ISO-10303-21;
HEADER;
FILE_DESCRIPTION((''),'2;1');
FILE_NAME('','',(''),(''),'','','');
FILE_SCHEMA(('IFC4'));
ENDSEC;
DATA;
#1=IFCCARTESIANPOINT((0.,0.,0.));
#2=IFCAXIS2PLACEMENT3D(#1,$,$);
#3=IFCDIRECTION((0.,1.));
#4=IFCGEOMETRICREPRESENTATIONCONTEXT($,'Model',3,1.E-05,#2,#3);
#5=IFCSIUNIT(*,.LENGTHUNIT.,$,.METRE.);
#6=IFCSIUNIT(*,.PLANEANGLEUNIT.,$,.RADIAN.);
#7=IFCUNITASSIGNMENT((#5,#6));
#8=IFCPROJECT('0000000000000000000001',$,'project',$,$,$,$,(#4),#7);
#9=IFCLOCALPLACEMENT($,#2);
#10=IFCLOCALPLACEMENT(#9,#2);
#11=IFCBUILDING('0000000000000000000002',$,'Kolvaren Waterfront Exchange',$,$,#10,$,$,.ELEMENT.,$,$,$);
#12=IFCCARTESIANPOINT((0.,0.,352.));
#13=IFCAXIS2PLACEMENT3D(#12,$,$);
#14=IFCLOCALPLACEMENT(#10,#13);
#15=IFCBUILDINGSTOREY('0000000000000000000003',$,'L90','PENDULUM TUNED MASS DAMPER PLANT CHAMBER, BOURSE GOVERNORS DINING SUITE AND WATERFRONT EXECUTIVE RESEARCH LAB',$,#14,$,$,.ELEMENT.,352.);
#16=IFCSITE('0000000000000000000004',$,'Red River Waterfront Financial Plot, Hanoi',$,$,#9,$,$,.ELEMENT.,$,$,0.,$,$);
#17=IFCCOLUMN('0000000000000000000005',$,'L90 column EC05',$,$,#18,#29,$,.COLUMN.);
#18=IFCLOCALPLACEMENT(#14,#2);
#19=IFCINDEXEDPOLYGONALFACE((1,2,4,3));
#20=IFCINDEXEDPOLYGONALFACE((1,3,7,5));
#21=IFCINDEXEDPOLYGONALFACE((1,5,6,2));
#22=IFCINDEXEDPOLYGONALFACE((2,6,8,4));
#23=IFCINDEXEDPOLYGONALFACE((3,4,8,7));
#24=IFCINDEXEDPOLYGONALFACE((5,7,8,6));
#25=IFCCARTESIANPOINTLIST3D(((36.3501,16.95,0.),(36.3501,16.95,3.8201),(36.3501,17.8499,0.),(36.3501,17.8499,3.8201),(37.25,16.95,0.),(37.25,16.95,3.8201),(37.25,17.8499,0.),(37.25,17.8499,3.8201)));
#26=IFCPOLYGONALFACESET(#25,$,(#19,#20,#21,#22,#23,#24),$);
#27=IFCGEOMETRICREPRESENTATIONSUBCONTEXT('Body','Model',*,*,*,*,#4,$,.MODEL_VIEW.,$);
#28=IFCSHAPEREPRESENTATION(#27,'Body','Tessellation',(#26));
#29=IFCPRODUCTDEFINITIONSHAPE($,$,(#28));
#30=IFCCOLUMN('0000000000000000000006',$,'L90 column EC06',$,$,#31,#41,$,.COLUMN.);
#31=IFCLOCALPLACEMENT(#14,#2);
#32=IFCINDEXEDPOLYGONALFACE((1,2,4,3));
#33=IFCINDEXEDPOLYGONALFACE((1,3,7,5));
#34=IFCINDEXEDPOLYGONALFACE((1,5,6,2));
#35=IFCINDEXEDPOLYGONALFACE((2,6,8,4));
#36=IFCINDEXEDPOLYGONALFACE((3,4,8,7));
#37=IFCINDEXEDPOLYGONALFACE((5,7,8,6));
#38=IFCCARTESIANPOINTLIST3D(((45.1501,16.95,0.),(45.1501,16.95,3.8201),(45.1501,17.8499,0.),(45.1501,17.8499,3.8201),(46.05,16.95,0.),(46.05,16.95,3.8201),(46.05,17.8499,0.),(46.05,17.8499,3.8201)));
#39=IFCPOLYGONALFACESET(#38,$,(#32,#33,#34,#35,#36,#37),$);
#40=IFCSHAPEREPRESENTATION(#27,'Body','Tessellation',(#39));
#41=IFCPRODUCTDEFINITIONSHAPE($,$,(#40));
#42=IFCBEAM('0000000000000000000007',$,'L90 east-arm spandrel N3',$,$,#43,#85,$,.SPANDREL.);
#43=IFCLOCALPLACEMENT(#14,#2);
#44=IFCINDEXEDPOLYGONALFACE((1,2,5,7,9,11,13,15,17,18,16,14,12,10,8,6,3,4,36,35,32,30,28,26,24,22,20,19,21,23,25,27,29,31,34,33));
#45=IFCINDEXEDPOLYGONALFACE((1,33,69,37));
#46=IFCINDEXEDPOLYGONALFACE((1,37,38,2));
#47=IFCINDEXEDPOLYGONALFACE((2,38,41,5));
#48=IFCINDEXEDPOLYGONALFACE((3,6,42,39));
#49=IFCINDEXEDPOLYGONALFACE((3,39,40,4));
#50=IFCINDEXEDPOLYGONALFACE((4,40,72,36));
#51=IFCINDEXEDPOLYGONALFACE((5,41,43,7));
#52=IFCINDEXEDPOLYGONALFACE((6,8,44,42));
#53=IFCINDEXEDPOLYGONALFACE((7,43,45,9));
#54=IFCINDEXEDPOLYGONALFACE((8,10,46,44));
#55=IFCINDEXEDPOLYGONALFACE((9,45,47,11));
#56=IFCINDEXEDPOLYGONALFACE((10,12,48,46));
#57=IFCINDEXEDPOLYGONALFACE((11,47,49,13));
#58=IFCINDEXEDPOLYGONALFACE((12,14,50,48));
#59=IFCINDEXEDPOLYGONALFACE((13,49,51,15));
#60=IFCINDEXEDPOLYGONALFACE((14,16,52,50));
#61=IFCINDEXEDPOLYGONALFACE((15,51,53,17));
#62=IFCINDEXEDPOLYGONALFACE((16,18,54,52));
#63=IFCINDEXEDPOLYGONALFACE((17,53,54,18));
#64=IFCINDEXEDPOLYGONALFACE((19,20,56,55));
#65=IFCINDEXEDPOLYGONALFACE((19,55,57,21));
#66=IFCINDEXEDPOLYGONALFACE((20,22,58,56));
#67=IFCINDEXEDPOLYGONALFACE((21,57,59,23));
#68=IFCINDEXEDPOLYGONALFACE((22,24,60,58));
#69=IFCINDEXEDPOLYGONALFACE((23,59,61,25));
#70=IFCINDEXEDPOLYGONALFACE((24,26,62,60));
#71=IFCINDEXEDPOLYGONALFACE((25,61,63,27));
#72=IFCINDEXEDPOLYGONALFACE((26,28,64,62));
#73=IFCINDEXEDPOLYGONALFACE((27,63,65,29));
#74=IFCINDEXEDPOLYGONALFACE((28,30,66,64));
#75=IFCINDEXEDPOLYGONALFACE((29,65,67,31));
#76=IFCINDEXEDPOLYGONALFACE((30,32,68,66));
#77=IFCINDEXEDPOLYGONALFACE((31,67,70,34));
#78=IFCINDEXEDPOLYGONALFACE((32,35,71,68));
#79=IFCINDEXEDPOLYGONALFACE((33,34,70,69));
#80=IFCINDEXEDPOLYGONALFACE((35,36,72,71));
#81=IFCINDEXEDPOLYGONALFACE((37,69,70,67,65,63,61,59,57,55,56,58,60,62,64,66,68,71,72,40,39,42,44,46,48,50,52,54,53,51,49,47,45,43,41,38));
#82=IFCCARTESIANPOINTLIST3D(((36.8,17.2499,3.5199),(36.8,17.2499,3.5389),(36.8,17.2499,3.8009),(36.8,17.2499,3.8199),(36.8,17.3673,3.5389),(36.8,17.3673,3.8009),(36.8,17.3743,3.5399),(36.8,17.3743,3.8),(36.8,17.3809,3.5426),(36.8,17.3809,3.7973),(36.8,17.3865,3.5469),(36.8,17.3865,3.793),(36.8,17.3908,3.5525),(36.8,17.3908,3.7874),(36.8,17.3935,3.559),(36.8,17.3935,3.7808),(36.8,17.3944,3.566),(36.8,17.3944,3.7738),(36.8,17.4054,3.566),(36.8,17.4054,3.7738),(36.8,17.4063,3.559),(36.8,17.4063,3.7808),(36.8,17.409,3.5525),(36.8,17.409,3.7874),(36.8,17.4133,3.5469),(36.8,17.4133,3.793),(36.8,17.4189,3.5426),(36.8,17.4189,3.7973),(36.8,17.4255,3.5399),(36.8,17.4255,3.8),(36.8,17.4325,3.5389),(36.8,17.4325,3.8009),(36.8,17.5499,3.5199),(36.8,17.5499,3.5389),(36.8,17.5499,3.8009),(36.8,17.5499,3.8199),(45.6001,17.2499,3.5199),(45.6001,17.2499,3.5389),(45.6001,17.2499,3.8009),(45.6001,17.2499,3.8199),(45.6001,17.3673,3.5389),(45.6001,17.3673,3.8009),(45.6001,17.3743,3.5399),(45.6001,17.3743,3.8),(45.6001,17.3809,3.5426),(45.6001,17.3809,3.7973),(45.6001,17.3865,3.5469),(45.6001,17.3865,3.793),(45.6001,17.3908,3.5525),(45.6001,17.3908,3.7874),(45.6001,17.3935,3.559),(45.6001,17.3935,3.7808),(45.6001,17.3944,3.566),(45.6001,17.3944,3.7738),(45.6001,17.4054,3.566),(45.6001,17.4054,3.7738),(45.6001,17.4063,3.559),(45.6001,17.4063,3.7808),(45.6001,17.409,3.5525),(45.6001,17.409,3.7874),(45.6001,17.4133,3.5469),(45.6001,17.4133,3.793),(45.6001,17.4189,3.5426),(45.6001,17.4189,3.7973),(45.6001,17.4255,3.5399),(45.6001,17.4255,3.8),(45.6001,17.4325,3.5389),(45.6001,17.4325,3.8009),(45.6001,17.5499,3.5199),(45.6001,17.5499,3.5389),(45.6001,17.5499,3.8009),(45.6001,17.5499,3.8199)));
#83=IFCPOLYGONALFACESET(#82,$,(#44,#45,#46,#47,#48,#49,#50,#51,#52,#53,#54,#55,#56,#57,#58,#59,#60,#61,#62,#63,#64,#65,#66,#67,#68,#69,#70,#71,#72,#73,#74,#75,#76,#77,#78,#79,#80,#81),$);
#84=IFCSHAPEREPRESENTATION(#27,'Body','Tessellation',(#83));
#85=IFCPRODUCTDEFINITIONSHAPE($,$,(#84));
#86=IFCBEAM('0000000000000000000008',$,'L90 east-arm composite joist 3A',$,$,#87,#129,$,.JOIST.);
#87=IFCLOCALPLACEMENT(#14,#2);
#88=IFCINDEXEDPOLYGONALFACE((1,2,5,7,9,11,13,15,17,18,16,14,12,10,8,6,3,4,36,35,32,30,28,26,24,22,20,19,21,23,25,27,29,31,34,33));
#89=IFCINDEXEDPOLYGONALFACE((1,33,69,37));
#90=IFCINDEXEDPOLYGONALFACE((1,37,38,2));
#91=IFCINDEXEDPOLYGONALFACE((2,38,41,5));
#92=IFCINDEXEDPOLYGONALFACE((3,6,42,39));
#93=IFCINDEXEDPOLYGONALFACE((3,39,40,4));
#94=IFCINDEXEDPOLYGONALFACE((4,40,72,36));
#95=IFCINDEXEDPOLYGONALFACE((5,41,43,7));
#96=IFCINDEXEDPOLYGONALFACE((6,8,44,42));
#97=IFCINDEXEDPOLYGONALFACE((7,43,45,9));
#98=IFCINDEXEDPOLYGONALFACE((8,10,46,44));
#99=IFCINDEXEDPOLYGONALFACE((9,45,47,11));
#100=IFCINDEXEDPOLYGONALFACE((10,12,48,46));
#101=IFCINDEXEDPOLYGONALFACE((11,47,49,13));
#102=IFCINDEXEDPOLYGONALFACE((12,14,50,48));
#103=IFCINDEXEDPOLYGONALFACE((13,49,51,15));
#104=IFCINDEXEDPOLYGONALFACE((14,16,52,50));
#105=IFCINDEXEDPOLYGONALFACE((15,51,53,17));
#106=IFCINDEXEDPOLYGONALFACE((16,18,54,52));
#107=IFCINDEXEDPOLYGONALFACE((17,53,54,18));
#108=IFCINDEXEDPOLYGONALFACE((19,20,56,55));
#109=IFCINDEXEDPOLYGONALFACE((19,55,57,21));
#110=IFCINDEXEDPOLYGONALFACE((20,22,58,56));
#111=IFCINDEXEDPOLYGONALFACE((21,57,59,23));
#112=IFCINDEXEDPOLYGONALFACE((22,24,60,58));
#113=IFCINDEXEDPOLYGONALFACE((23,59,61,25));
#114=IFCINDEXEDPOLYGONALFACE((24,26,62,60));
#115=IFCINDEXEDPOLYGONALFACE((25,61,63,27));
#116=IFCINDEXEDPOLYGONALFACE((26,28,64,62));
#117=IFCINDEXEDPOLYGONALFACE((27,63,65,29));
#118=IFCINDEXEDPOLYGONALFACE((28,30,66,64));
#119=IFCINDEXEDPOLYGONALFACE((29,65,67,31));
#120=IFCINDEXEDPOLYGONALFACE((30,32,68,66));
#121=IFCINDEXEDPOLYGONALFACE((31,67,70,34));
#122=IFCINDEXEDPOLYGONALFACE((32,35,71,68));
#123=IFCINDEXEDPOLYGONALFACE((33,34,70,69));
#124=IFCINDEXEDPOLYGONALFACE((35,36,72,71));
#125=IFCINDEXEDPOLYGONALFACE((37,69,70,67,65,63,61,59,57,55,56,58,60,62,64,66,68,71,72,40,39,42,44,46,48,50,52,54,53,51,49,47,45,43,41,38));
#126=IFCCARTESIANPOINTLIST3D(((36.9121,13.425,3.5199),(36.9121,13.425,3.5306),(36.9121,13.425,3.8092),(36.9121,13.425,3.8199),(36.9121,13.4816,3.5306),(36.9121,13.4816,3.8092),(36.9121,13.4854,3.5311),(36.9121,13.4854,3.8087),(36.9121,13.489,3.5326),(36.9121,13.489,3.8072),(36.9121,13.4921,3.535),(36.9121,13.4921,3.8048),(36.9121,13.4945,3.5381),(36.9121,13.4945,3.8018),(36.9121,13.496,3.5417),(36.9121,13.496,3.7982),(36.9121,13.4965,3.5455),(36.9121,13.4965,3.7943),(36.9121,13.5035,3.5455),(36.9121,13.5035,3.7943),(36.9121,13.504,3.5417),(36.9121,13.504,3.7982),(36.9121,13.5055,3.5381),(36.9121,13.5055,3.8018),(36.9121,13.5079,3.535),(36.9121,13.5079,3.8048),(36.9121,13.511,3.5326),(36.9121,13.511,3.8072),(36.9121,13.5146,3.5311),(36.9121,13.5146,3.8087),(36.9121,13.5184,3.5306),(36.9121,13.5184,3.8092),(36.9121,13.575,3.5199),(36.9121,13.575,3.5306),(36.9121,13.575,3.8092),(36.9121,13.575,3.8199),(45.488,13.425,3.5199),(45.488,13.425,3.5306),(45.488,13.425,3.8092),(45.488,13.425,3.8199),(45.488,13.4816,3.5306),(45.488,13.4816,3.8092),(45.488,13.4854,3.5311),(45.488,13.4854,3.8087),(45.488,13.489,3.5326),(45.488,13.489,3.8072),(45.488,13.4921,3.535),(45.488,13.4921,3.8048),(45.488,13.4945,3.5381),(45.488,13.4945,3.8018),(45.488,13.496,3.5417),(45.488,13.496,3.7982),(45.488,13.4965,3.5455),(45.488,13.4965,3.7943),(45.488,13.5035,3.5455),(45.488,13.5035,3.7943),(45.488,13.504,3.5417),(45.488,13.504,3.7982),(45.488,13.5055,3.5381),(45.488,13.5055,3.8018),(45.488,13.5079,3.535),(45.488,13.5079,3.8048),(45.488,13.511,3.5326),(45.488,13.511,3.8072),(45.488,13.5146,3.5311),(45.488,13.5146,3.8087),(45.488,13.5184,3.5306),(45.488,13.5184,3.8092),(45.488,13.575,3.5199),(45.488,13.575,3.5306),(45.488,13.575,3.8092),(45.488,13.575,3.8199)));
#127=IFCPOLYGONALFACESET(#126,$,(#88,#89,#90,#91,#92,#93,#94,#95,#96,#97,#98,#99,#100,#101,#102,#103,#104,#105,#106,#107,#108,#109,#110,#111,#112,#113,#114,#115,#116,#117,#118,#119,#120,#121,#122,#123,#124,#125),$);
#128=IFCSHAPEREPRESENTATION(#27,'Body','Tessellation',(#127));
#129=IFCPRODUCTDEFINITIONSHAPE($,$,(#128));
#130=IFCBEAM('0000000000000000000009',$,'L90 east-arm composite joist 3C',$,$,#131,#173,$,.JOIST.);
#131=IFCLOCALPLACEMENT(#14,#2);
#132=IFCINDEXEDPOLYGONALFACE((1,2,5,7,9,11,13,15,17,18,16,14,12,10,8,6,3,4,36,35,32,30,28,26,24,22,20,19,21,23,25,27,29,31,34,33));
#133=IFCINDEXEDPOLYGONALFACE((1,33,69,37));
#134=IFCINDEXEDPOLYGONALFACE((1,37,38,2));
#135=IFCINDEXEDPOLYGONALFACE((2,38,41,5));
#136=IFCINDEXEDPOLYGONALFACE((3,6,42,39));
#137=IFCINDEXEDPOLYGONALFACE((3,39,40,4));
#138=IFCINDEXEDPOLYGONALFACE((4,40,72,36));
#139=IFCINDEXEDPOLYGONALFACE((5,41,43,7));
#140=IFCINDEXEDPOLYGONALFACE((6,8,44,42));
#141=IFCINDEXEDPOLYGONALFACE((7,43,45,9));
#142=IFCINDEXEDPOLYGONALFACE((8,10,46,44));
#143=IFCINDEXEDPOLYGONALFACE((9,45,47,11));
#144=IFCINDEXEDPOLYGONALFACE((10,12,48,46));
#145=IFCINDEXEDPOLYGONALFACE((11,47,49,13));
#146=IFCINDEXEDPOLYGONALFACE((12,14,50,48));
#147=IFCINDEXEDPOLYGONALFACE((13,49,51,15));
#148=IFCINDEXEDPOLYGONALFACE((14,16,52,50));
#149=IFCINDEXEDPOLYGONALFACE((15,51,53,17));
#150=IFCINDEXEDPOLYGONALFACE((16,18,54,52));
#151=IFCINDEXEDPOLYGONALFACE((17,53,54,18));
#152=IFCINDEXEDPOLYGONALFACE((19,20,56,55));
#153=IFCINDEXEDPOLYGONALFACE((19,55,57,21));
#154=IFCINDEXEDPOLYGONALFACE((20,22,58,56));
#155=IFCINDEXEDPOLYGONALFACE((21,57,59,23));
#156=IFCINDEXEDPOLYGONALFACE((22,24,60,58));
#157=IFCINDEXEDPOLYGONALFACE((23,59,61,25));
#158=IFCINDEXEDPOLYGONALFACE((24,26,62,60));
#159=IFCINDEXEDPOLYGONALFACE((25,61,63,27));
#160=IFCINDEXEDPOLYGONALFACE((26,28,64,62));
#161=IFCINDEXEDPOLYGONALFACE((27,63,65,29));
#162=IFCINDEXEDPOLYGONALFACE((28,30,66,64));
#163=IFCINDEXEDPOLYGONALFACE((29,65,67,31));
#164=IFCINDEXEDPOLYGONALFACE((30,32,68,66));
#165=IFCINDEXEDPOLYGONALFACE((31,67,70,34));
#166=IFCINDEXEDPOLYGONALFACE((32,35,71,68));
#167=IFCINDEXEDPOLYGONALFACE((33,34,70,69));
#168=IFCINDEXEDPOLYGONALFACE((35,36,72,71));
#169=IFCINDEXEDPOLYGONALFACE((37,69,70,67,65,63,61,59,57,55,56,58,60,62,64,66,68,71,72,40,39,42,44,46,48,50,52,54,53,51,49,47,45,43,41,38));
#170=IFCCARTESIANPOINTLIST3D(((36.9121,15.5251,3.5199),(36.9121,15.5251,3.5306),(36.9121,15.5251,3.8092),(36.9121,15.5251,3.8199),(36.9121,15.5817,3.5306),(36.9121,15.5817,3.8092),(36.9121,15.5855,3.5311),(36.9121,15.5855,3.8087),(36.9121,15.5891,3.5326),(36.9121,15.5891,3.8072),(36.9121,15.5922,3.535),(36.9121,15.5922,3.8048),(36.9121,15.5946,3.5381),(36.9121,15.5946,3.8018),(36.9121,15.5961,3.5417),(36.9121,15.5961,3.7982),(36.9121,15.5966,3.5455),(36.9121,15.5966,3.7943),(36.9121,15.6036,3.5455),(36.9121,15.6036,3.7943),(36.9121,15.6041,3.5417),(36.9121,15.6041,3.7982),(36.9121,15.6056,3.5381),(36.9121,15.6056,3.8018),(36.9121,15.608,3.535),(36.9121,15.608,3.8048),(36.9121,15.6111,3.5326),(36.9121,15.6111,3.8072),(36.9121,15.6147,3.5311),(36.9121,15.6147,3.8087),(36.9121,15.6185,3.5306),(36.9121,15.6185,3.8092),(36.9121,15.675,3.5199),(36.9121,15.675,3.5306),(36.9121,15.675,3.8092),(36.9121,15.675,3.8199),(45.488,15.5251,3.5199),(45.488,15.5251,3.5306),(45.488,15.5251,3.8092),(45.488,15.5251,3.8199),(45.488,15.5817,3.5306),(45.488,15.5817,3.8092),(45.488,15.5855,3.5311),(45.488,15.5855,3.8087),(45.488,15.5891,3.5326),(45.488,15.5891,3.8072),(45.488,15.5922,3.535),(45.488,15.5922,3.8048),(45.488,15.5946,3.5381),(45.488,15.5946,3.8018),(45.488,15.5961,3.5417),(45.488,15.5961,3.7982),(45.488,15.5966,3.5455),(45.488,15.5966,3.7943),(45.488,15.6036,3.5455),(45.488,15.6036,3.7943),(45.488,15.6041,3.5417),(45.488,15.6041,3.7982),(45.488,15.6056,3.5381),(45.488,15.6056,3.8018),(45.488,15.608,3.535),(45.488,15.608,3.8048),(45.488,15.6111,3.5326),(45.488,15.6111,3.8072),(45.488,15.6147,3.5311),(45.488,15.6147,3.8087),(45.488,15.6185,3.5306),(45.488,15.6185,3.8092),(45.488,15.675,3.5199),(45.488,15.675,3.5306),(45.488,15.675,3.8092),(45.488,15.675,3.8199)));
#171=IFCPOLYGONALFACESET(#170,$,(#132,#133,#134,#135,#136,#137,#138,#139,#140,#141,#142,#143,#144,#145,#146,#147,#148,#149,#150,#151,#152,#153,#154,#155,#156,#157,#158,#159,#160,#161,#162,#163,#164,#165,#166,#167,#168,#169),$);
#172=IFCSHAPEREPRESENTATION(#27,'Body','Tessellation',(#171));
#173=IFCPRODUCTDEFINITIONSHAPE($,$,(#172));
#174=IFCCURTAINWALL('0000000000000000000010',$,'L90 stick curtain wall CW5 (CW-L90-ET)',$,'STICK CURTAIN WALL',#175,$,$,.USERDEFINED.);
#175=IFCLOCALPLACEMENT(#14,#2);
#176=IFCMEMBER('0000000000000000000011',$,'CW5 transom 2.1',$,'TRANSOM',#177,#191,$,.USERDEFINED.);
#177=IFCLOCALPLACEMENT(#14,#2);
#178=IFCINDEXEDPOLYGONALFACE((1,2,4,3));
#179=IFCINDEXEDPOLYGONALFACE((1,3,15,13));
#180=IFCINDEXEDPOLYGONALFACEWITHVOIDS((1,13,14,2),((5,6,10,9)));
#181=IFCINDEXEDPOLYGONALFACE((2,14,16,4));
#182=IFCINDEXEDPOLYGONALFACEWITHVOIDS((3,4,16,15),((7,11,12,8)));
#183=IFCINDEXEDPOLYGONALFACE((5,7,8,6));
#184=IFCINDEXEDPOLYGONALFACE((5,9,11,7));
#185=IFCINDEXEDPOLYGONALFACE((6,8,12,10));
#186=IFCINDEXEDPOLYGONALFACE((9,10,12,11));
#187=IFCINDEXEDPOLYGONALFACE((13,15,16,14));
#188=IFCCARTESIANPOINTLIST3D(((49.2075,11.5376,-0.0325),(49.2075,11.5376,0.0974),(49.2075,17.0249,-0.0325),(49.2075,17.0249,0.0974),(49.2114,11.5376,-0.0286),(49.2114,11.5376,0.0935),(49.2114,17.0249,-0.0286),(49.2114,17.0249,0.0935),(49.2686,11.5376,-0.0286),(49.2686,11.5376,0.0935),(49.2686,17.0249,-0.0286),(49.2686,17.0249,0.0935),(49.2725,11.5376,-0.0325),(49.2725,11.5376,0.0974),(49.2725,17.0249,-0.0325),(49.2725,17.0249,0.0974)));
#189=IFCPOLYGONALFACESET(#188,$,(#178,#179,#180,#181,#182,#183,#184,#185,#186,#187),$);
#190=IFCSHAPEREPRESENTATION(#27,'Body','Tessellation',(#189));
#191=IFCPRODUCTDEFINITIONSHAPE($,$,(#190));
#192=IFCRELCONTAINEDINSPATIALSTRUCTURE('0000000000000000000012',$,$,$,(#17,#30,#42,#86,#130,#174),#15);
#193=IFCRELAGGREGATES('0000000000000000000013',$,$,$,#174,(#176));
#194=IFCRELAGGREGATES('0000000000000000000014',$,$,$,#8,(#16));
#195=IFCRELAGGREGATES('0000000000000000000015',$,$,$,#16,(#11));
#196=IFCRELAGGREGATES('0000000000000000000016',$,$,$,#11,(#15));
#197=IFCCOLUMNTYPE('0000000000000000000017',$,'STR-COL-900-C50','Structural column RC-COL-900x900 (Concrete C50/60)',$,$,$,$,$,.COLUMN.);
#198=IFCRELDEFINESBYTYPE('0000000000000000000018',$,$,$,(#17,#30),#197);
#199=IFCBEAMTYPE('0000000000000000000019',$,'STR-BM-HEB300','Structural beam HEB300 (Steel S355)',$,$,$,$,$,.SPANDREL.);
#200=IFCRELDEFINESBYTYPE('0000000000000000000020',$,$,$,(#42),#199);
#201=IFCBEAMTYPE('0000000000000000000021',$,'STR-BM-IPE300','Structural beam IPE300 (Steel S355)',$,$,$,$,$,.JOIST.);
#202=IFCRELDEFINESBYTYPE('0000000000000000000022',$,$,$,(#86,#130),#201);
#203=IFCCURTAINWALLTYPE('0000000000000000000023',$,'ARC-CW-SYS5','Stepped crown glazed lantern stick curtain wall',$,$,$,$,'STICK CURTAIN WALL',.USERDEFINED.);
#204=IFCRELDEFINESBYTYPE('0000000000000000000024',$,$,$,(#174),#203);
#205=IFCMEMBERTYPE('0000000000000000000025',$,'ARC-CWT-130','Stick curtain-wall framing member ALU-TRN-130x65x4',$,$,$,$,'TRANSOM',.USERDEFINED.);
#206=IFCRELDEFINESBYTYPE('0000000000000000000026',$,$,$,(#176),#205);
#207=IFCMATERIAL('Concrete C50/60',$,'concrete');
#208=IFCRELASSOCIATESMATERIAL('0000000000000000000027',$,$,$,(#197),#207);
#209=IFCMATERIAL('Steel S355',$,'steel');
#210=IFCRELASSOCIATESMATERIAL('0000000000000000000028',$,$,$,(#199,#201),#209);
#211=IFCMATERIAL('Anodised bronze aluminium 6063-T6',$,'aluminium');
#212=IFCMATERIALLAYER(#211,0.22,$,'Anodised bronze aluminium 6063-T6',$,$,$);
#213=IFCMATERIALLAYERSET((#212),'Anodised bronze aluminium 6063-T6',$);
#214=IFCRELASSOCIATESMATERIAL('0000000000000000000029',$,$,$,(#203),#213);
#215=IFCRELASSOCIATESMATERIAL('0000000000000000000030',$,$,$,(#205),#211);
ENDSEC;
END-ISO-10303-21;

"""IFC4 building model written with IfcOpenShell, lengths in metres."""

from ifc_helpers import new_model, si_unit, direction, frame, origin, origin_with_axes, origin_2d, place, context, subcontext, project, spatial, rectangle, hollow_rectangle, i_section, extrude, source, transform, mapped, material, layer, layer_set, material_profile, profile_set, type_object, element, aggregate, save


model = new_model("IFC4")

# Units and contexts
model_context = context("Model", 3, precision=1e-05, world=origin(), true_north=direction((0.0, 1.0)))
body_context = subcontext(model_context, "Body", "Model", "MODEL_VIEW")
ifc_project = project(units=[si_unit("LENGTHUNIT", "METRE"), si_unit("PLANEANGLEUNIT", "RADIAN")], contexts=[model_context])

# Site, building, storey
site_placement = place(None, origin())
site = spatial("IfcSite", under=ifc_project, at=site_placement, Name="Red River Waterfront Financial Plot, Hanoi", CompositionType="ELEMENT", RefElevation=0.0)
building_placement = place(site_placement, origin())
building = spatial("IfcBuilding", under=site, at=building_placement, Name="Kolvaren Waterfront Exchange", CompositionType="ELEMENT")
storey_placement = place(building_placement, frame((0.0, 0.0, 352.0)))
storey = spatial("IfcBuildingStorey", under=building, at=storey_placement, Name="L90", Description="PENDULUM TUNED MASS DAMPER PLANT CHAMBER, BOURSE GOVERNORS DINING SUITE AND WATERFRONT EXECUTIVE RESEARCH LAB", CompositionType="ELEMENT", Elevation=352.0)

# Columns
ifc_material_1 = material(Name="Concrete C50/60", Category="concrete")
ifc_material_profile_1 = material_profile(ifc_material_1, rectangle(XDim=0.8999, YDim=0.8999, at=origin_2d()), Name="RC-COL-900x900")
ifc_profile_set_1 = profile_set([ifc_material_profile_1], Name="Concrete C50/60")
column_type = type_object("IfcColumnType", Name="STR-COL-900-C50", Description="Structural column RC-COL-900x900 (Concrete C50/60)", PredefinedType="COLUMN", material=ifc_profile_set_1)
for number, where, z_axis, x_axis, name in (
    (1, (36.8, 17.3999, 0.0), (0.0, 0.0, 1.0), (1.0, 0.0, 0.0), "L90 column EC05"),
    (2, (45.6001, 17.3999, 0.0), (0.0, 0.0, 1.0), (1.0, 0.0, 0.0), "L90 column EC06"),
):
    element("IfcColumn", number, at=place(storey_placement, frame(where, z_axis=z_axis, x_axis=x_axis)), inside=storey, type_object=column_type, Name=name, PredefinedType="COLUMN", context=body_context, shape_type="SweptSolid", body=[
        extrude(rectangle(XDim=0.8999, YDim=0.8999, at=origin_2d()), origin(), (0.0, 0.0, 1.0), 3.8201),
    ])

# Beams
ifc_material_2 = material(Name="Steel S355", Category="steel")
ifc_material_profile_2 = material_profile(ifc_material_2, i_section(OverallWidth=0.3, OverallDepth=0.3, WebThickness=0.011, FlangeThickness=0.019, FilletRadius=0.0271, at=origin_2d()), Name="HEB300")
ifc_profile_set_2 = profile_set([ifc_material_profile_2], Name="Steel S355")
beam_type_1 = type_object("IfcBeamType", Name="STR-BM-HEB300", Description="Structural beam HEB300 (Steel S355)", PredefinedType="SPANDREL", material=ifc_profile_set_2)
beam_placement = place(storey_placement, frame((36.8, 17.3999, 3.6699), z_axis=(1.0, 0.0, 0.0), x_axis=(0.0, 1.0, 0.0)))
element("IfcBeam", 3, at=beam_placement, inside=storey, type_object=beam_type_1, Name="L90 east-arm spandrel N3", PredefinedType="SPANDREL", context=body_context, shape_type="SweptSolid", body=[
    extrude(i_section(OverallWidth=0.3, OverallDepth=0.3, WebThickness=0.011, FlangeThickness=0.019, FilletRadius=0.0271, at=origin_2d()), origin(), (0.0, 0.0, 1.0), 8.8),
])
ifc_material_profile_3 = material_profile(ifc_material_2, i_section(OverallWidth=0.1499, OverallDepth=0.3, WebThickness=0.0071, FlangeThickness=0.0107, FilletRadius=0.0149, at=origin_2d()), Name="IPE300")
ifc_profile_set_3 = profile_set([ifc_material_profile_3], Name="Steel S355")
beam_type_2 = type_object("IfcBeamType", Name="STR-BM-IPE300", Description="Structural beam IPE300 (Steel S355)", PredefinedType="JOIST", material=ifc_profile_set_3)
for number, where, z_axis, x_axis, name in (
    (4, (36.9121, 13.5, 3.6699), (1.0, 0.0, 0.0), (0.0, 1.0, 0.0), "L90 east-arm composite joist 3A"),
    (5, (36.9121, 15.6001, 3.6699), (1.0, 0.0, 0.0), (0.0, 1.0, 0.0), "L90 east-arm composite joist 3C"),
):
    element("IfcBeam", number, at=place(storey_placement, frame(where, z_axis=z_axis, x_axis=x_axis)), inside=storey, type_object=beam_type_2, Name=name, PredefinedType="JOIST", context=body_context, shape_type="SweptSolid", body=[
        extrude(i_section(OverallWidth=0.1499, OverallDepth=0.3, WebThickness=0.0071, FlangeThickness=0.0107, FilletRadius=0.0149, at=origin_2d()), origin(), (0.0, 0.0, 1.0), 8.5759),
    ])

# Curtain wall, member
ifc_material_3 = material(Name="Anodised bronze aluminium 6063-T6", Category="aluminium")
ifc_layer_1 = layer(ifc_material_3, 0.22, Name="Anodised bronze aluminium 6063-T6")
ifc_layer_set_1 = layer_set([ifc_layer_1], Name="Anodised bronze aluminium 6063-T6")
curtain_wall_type = type_object("IfcCurtainWallType", Name="ARC-CW-SYS5", Description="Stepped crown glazed lantern stick curtain wall", ElementType="STICK CURTAIN WALL", PredefinedType="USERDEFINED", material=ifc_layer_set_1)
curtain_wall_1_placement = place(storey_placement, origin())
curtain_wall_1 = element("IfcCurtainWall", 6, at=curtain_wall_1_placement, inside=storey, type_object=curtain_wall_type, Name="L90 stick curtain wall CW5 (CW-L90-ET)", ObjectType="STICK CURTAIN WALL", PredefinedType="USERDEFINED")
ifc_material_profile_4 = material_profile(ifc_material_3, hollow_rectangle(XDim=0.0649, YDim=0.1299, WallThickness=0.0039, at=origin_2d()), Name="ALU-TRN-130x65x4")
ifc_profile_set_4 = profile_set([ifc_material_profile_4], Name="Anodised bronze aluminium 6063-T6")
member_type_1 = type_object("IfcMemberType", Name="ARC-CWT-130", Description="Stick curtain-wall framing member ALU-TRN-130x65x4", ElementType="TRANSOM", PredefinedType="USERDEFINED", material=ifc_profile_set_4)
shared_shape_1 = source(origin_with_axes(), body_context, "Body", "SweptSolid", [
    extrude(hollow_rectangle(XDim=0.0649, YDim=0.1299, WallThickness=0.0039, at=origin_2d()), origin(), (0.0, 0.0, 1.0), 5.4873),
])
member_1_placement = place(storey_placement, frame((49.24, 11.5376, 0.0325), z_axis=(0.0, 1.0, 0.0), x_axis=(-1.0, 0.0, 0.0)))
member_1 = element("IfcMember", 7, at=member_1_placement, type_object=member_type_1, Name="CW5 transom 2.1", ObjectType="TRANSOM", PredefinedType="USERDEFINED", context=body_context, shape_type="MappedRepresentation", body=[
    mapped(shared_shape_1, transform((0.0, 0.0, 0.0), x_axis=(1.0, 0.0, 0.0), y_axis=(0.0, 1.0, 0.0), z_axis=(0.0, 0.0, 1.0), scale=1.0)),
])

aggregate(curtain_wall_1, [member_1])

save(model, "model.ifc")
